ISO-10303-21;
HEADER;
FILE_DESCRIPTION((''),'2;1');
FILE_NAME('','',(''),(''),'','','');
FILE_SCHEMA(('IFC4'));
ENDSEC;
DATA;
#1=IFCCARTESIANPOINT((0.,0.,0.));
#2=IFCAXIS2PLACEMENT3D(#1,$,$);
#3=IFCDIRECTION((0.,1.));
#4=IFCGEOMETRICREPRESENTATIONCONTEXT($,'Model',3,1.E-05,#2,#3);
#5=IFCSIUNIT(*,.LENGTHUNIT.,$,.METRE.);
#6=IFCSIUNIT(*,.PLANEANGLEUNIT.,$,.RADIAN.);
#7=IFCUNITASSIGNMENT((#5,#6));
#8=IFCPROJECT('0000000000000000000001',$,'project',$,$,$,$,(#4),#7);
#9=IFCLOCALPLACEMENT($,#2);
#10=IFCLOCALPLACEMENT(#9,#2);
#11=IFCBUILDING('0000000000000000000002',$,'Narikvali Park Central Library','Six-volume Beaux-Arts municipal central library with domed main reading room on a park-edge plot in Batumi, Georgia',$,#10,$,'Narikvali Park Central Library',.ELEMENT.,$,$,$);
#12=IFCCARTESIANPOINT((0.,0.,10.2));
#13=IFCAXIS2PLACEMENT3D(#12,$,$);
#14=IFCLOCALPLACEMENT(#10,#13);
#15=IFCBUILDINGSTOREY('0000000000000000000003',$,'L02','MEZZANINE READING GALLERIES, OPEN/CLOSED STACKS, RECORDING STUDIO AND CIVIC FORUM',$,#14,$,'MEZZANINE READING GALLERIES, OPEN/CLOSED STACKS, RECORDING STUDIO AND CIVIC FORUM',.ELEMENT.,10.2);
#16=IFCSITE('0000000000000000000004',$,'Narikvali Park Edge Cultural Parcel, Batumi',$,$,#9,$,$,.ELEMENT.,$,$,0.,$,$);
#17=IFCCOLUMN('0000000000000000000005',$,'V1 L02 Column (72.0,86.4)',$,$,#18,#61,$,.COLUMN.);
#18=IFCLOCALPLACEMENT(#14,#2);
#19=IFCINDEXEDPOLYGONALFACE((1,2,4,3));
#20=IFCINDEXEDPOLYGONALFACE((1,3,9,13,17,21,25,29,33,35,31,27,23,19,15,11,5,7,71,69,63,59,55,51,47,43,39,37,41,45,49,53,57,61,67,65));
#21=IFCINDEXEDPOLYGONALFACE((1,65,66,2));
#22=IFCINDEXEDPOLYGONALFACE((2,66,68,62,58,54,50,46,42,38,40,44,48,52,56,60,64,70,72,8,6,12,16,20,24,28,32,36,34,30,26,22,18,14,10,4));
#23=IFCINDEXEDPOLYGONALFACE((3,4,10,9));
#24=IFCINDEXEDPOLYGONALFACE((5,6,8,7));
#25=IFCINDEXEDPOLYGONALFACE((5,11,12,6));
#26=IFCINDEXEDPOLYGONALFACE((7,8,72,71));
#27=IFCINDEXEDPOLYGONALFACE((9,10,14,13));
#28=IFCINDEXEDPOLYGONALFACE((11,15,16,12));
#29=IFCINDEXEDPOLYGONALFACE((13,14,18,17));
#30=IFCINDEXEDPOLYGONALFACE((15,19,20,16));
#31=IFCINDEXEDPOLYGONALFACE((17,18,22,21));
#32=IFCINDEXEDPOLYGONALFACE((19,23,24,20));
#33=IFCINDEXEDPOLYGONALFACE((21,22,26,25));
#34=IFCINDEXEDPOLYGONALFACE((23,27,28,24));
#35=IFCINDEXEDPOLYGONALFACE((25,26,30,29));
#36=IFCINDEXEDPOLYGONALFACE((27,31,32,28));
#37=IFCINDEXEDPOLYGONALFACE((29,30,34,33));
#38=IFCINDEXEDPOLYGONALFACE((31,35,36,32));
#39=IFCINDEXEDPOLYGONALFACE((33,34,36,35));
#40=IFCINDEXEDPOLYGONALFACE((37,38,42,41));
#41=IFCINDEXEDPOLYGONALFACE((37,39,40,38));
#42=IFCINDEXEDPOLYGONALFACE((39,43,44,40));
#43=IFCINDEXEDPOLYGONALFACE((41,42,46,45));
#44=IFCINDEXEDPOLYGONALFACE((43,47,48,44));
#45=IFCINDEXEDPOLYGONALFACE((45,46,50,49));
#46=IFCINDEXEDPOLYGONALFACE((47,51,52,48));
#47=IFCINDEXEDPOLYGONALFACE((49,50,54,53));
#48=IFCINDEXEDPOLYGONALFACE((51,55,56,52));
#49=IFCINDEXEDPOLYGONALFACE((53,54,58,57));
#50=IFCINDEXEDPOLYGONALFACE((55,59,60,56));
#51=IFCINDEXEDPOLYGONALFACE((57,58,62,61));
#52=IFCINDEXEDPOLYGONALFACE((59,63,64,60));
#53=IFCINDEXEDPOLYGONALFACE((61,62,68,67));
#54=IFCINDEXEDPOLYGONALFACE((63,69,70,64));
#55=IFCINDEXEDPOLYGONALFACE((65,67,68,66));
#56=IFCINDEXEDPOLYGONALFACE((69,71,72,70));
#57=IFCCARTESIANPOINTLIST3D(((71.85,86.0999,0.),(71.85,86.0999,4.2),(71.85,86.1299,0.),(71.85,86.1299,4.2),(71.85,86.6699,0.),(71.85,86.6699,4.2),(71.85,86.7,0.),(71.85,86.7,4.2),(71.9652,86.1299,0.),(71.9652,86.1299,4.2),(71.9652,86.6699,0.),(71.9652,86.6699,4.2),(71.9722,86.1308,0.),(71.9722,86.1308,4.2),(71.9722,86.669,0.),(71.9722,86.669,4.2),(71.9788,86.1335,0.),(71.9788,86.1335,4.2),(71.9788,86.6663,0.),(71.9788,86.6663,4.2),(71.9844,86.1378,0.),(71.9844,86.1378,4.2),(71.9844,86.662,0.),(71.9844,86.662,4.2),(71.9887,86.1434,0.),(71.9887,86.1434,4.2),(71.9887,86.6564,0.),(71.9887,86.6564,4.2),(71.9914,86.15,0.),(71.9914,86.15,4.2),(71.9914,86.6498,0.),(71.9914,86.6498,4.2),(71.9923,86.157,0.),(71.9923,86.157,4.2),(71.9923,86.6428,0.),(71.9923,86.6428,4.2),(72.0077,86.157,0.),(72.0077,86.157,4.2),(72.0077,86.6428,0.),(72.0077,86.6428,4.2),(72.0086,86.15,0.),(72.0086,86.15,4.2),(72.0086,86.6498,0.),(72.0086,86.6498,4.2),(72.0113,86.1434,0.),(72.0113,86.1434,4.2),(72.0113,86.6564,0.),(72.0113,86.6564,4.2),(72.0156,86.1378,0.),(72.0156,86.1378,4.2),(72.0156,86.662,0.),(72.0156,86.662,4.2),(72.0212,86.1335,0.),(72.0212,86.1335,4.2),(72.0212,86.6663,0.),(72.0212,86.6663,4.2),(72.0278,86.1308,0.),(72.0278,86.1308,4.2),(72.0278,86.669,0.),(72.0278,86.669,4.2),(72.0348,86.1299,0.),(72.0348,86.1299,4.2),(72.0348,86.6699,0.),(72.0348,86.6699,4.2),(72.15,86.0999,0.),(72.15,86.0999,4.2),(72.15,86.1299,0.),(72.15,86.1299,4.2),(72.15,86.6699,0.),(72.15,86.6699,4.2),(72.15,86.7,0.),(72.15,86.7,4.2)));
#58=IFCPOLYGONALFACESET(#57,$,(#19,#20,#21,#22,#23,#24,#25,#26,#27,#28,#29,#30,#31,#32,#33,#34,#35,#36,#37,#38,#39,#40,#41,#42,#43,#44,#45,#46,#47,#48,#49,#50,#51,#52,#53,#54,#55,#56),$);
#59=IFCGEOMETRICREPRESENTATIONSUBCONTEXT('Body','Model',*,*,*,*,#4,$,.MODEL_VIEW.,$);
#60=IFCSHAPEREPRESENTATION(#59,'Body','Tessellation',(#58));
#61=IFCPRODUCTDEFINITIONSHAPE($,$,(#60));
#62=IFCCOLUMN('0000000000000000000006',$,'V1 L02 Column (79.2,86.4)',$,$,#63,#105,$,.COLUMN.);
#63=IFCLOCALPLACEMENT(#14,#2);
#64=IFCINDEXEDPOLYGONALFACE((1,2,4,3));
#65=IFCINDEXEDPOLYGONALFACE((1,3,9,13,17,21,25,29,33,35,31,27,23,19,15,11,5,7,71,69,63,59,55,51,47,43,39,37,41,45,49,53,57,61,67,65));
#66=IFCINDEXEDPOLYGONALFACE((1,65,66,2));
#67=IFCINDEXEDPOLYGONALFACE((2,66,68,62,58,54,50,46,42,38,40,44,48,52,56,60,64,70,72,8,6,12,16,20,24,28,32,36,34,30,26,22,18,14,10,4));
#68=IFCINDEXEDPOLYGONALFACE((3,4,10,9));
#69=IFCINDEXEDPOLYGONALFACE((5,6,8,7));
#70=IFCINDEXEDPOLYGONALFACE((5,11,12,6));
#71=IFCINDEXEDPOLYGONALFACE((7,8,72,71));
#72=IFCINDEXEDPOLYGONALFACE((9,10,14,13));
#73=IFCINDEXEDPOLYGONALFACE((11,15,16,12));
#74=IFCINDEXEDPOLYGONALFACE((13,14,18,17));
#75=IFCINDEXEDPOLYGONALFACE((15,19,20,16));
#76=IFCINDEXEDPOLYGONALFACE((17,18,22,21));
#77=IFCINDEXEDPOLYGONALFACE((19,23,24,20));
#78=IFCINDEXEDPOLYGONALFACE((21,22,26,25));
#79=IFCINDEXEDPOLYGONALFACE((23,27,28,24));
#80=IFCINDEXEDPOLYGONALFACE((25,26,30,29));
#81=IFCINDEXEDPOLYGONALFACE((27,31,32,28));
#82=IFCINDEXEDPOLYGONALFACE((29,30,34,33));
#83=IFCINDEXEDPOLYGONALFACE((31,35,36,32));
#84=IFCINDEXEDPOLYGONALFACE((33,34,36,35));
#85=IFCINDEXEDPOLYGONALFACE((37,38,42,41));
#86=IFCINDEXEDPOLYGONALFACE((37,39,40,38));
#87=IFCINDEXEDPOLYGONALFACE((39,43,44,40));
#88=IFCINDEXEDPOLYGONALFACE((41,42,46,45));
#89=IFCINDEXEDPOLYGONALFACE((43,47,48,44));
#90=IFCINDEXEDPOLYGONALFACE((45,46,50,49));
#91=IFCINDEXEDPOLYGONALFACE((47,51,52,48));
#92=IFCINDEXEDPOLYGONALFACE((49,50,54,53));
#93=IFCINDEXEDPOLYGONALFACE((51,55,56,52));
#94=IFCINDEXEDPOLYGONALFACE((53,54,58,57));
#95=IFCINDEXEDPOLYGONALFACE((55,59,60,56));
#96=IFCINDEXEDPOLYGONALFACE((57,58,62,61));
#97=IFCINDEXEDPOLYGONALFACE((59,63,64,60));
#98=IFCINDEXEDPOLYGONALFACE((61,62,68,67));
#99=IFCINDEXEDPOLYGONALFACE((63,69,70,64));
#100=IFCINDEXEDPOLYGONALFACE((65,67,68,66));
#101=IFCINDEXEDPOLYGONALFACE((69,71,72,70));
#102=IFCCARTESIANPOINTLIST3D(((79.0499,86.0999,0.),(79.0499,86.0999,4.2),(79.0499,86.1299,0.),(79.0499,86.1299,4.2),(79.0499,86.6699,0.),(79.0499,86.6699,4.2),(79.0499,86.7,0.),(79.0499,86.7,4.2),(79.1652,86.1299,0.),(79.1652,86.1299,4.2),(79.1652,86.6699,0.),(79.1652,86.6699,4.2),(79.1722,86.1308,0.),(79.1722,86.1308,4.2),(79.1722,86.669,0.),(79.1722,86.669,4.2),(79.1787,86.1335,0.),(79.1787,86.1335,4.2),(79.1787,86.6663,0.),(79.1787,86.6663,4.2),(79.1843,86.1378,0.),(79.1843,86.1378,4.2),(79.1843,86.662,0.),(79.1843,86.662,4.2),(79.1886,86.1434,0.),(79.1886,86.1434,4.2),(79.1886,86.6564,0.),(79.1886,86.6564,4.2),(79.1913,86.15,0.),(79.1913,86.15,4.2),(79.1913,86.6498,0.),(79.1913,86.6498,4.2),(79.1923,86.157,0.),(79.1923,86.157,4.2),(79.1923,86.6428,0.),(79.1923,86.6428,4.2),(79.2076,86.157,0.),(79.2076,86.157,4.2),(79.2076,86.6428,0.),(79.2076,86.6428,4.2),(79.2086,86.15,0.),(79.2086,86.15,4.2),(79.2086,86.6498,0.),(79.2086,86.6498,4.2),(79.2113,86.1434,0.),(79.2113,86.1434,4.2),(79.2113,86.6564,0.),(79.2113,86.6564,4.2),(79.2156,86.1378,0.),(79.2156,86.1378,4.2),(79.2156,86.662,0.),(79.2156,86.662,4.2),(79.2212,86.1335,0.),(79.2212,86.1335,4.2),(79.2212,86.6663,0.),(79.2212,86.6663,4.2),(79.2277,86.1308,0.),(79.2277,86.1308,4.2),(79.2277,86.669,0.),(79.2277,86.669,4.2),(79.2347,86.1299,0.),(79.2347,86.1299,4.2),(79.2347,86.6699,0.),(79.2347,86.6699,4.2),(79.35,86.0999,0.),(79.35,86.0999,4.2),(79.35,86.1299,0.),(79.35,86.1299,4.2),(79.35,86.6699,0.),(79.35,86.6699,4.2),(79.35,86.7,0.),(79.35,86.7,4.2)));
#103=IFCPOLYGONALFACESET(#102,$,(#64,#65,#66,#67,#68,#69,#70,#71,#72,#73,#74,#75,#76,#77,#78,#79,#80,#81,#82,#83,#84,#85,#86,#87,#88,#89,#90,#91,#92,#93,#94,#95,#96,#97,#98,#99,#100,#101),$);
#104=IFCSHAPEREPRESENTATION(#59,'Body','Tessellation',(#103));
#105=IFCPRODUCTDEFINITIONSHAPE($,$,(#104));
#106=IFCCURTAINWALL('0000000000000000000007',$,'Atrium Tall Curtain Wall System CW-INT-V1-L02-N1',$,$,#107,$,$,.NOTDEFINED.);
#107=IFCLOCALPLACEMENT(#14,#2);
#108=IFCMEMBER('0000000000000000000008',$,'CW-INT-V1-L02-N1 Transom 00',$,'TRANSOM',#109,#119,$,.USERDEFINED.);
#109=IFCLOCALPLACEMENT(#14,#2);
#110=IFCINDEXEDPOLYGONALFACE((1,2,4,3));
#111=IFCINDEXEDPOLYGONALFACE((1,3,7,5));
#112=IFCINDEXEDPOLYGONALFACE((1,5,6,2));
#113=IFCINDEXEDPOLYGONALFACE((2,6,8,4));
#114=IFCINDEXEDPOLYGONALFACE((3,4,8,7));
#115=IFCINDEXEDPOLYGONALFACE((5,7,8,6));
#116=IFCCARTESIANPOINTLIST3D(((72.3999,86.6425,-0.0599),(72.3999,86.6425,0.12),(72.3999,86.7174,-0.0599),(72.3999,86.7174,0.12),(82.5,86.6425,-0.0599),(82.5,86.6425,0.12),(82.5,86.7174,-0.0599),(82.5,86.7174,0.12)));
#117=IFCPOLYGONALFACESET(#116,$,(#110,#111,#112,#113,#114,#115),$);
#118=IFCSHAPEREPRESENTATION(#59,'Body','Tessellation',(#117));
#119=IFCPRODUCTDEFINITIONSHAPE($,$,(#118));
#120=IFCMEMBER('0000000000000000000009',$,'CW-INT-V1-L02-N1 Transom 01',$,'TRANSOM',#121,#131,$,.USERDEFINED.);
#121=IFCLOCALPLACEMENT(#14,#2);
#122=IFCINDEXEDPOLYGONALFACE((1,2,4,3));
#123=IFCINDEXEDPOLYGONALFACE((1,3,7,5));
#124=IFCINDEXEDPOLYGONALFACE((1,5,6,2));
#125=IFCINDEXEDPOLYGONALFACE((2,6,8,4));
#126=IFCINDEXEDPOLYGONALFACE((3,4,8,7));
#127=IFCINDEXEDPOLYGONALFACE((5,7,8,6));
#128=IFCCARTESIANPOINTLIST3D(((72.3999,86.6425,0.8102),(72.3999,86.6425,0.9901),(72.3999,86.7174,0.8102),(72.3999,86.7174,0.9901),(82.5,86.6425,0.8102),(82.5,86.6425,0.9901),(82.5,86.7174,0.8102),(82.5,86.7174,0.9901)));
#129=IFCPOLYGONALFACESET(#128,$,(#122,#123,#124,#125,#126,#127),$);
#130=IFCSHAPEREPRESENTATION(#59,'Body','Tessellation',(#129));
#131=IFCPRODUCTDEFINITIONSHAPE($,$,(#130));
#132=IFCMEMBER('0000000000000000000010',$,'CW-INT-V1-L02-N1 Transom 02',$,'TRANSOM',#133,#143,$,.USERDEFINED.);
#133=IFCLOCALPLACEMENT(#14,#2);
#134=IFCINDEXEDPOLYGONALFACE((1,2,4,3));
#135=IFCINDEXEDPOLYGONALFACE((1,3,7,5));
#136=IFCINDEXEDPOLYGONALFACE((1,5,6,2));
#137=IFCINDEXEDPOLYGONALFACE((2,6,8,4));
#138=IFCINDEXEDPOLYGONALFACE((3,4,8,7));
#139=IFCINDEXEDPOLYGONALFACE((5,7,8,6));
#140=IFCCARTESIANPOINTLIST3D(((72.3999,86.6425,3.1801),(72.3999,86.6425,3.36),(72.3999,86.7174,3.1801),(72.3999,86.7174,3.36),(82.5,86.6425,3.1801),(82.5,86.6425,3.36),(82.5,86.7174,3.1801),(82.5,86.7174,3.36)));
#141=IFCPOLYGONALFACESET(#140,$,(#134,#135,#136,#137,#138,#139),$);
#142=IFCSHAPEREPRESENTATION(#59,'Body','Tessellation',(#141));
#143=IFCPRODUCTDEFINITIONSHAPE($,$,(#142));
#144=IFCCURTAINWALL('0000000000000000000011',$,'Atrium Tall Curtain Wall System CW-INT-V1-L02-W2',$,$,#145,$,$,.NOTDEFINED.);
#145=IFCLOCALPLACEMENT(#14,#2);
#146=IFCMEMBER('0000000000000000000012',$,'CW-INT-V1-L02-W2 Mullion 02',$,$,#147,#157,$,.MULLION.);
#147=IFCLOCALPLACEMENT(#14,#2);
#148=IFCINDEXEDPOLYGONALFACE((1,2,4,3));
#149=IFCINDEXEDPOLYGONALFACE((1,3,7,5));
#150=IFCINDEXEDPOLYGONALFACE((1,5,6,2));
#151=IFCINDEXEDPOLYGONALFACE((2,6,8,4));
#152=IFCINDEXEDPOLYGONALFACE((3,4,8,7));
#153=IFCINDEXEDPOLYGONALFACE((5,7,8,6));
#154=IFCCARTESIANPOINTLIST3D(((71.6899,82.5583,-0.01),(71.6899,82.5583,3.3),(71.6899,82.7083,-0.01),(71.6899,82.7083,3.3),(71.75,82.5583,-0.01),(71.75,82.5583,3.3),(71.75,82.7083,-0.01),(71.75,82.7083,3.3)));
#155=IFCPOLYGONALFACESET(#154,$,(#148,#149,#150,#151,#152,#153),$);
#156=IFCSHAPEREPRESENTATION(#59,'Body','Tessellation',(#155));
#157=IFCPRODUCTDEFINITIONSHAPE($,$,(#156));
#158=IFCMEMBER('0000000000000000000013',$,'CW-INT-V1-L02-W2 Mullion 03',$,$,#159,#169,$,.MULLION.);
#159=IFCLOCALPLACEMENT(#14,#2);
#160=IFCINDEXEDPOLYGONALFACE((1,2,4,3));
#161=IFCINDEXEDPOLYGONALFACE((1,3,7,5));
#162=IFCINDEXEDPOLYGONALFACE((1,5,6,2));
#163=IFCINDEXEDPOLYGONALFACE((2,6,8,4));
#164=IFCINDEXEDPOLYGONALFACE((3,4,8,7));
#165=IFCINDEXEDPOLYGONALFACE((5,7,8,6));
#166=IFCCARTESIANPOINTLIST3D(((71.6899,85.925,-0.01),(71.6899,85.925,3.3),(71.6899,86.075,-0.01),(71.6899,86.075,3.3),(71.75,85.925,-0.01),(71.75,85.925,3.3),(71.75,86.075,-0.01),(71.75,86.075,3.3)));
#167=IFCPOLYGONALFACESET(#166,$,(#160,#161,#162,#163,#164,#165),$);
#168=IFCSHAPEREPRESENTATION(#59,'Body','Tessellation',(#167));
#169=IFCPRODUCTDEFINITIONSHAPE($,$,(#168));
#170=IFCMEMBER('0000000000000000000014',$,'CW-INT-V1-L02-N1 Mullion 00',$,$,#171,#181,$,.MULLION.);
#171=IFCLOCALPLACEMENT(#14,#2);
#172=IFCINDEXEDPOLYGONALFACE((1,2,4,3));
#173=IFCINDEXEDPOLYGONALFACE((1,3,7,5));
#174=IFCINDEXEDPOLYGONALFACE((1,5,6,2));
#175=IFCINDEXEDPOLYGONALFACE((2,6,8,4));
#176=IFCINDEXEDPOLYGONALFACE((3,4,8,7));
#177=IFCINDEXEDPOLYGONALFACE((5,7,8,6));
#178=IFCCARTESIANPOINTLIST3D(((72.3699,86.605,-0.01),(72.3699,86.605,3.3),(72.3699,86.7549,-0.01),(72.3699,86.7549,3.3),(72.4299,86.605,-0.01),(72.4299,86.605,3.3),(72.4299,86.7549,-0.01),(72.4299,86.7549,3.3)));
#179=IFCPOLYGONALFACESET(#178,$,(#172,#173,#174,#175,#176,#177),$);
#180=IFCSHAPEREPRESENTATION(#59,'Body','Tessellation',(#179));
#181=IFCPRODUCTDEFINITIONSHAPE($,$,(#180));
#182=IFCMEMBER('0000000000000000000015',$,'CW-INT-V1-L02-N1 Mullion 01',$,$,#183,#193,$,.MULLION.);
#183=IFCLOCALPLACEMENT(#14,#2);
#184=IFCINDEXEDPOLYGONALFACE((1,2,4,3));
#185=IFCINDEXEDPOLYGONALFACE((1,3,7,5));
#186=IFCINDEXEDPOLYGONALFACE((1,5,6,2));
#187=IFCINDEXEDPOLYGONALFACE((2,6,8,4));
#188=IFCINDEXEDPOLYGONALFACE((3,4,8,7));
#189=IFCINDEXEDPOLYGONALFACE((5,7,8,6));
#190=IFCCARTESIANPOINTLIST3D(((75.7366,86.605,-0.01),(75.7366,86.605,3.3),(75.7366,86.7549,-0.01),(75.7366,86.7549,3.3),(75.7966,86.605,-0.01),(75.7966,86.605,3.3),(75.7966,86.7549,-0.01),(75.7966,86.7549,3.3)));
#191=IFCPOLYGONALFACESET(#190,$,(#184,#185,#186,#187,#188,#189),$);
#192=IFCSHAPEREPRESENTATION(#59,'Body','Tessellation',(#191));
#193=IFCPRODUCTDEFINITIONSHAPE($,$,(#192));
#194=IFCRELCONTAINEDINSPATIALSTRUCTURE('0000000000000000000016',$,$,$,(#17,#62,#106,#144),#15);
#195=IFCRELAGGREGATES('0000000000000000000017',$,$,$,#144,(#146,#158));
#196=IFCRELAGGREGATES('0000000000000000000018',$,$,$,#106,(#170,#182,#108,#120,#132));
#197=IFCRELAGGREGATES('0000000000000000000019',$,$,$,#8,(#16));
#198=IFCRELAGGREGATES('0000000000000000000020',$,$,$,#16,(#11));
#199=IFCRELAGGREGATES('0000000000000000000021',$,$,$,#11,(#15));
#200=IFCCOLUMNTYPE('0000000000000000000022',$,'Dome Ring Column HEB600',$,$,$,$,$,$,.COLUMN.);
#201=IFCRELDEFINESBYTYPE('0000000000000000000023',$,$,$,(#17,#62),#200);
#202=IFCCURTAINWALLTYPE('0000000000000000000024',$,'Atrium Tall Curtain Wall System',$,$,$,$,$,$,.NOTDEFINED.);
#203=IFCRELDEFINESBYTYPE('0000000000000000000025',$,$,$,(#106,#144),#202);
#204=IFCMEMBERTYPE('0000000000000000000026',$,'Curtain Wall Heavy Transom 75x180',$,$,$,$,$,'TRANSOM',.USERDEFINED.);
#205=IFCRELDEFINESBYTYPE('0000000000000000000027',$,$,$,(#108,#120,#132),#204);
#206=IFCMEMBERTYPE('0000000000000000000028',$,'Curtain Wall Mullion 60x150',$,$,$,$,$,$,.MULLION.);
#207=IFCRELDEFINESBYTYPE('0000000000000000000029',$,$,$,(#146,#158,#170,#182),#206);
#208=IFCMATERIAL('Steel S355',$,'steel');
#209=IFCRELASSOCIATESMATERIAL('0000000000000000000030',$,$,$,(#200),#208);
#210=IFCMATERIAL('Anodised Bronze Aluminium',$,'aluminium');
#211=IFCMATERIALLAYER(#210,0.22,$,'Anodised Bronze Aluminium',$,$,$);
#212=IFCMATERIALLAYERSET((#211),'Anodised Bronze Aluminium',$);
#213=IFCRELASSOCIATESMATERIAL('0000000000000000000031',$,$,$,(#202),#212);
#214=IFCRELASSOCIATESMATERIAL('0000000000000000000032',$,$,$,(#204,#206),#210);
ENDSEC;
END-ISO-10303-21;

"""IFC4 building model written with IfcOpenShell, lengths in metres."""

from ifc_helpers import new_model, si_unit, direction, frame, origin, origin_2d, place, context, subcontext, project, spatial, rectangle, i_section, extrude, material, layer, layer_set, material_profile, profile_set, type_object, element, aggregate, save


model = new_model("IFC4")

# Units and contexts
model_context = context("Model", 3, precision=1e-05, world=origin(), true_north=direction((0.0, 1.0)))
body_context = subcontext(model_context, "Body", "Model", "MODEL_VIEW")
ifc_project = project(units=[si_unit("LENGTHUNIT", "METRE"), si_unit("PLANEANGLEUNIT", "RADIAN")], contexts=[model_context])

# Site, building, storey
site_placement = place(None, origin())
site = spatial("IfcSite", under=ifc_project, at=site_placement, Name="Narikvali Park Edge Cultural Parcel, Batumi", CompositionType="ELEMENT", RefElevation=0.0)
building_placement = place(site_placement, origin())
building = spatial("IfcBuilding", under=site, at=building_placement, Name="Narikvali Park Central Library", Description="Six-volume Beaux-Arts municipal central library with domed main reading room on a park-edge plot in Batumi, Georgia", LongName="Narikvali Park Central Library", CompositionType="ELEMENT")
storey_placement = place(building_placement, frame((0.0, 0.0, 10.2)))
storey = spatial("IfcBuildingStorey", under=building, at=storey_placement, Name="L02", Description="MEZZANINE READING GALLERIES, OPEN/CLOSED STACKS, RECORDING STUDIO AND CIVIC FORUM", LongName="MEZZANINE READING GALLERIES, OPEN/CLOSED STACKS, RECORDING STUDIO AND CIVIC FORUM", CompositionType="ELEMENT", Elevation=10.2)

# Columns
ifc_material_1 = material(Name="Steel S355", Category="steel")
ifc_material_profile_1 = material_profile(ifc_material_1, i_section(OverallWidth=0.3, OverallDepth=0.6001, WebThickness=0.0154, FlangeThickness=0.03, FilletRadius=0.0271, at=origin_2d()), Name="HEB 600")
ifc_profile_set_1 = profile_set([ifc_material_profile_1], Name="Steel S355")
column_type = type_object("IfcColumnType", Name="Dome Ring Column HEB600", PredefinedType="COLUMN", material=ifc_profile_set_1)
for number, where, z_axis, x_axis, name in (
    (1, (72.0, 86.3999, 0.0), (0.0, 0.0, 1.0), (1.0, 0.0, 0.0), "V1 L02 Column (72.0,86.4)"),
    (2, (79.2, 86.3999, 0.0), (0.0, 0.0, 1.0), (1.0, 0.0, 0.0), "V1 L02 Column (79.2,86.4)"),
):
    element("IfcColumn", number, at=place(storey_placement, frame(where, z_axis=z_axis, x_axis=x_axis)), inside=storey, type_object=column_type, Name=name, PredefinedType="COLUMN", context=body_context, shape_type="SweptSolid", body=[
        extrude(i_section(OverallWidth=0.3, OverallDepth=0.6001, WebThickness=0.0154, FlangeThickness=0.03, FilletRadius=0.0271, at=origin_2d()), origin(), (0.0, 0.0, 1.0), 4.2),
    ])

# Curtain walls, members
ifc_material_2 = material(Name="Anodised Bronze Aluminium", Category="aluminium")
ifc_layer_1 = layer(ifc_material_2, 0.22, Name="Anodised Bronze Aluminium")
ifc_layer_set_1 = layer_set([ifc_layer_1], Name="Anodised Bronze Aluminium")
curtain_wall_type = type_object("IfcCurtainWallType", Name="Atrium Tall Curtain Wall System", PredefinedType="NOTDEFINED", material=ifc_layer_set_1)
curtain_wall_1_placement = place(storey_placement, origin())
curtain_wall_1 = element("IfcCurtainWall", 3, at=curtain_wall_1_placement, inside=storey, type_object=curtain_wall_type, Name="Atrium Tall Curtain Wall System CW-INT-V1-L02-N1", PredefinedType="NOTDEFINED")
ifc_material_profile_2 = material_profile(ifc_material_2, rectangle(XDim=0.075, YDim=0.1799, at=origin_2d()), Name="CW TRANSOM 75x180")
ifc_profile_set_2 = profile_set([ifc_material_profile_2], Name="Anodised Bronze Aluminium")
member_type_1 = type_object("IfcMemberType", Name="Curtain Wall Heavy Transom 75x180", ElementType="TRANSOM", PredefinedType="USERDEFINED", material=ifc_profile_set_2)
member_1_placement = place(storey_placement, frame((72.3999, 86.6799, 0.03), z_axis=(1.0, 0.0, 0.0), x_axis=(0.0, 1.0, 0.0)))
member_1 = element("IfcMember", 4, at=member_1_placement, type_object=member_type_1, Name="CW-INT-V1-L02-N1 Transom 00", ObjectType="TRANSOM", PredefinedType="USERDEFINED", context=body_context, shape_type="SweptSolid", body=[
    extrude(rectangle(XDim=0.075, YDim=0.1799, at=origin_2d()), origin(), (0.0, 0.0, 1.0), 10.1001),
])
member_2_placement = place(storey_placement, frame((72.3999, 86.6799, 0.9001), z_axis=(1.0, 0.0, 0.0), x_axis=(0.0, 1.0, 0.0)))
member_2 = element("IfcMember", 5, at=member_2_placement, type_object=member_type_1, Name="CW-INT-V1-L02-N1 Transom 01", ObjectType="TRANSOM", PredefinedType="USERDEFINED", context=body_context, shape_type="SweptSolid", body=[
    extrude(rectangle(XDim=0.075, YDim=0.1799, at=origin_2d()), origin(), (0.0, 0.0, 1.0), 10.1001),
])
member_3_placement = place(storey_placement, frame((72.3999, 86.6799, 3.27), z_axis=(1.0, 0.0, 0.0), x_axis=(0.0, 1.0, 0.0)))
member_3 = element("IfcMember", 6, at=member_3_placement, type_object=member_type_1, Name="CW-INT-V1-L02-N1 Transom 02", ObjectType="TRANSOM", PredefinedType="USERDEFINED", context=body_context, shape_type="SweptSolid", body=[
    extrude(rectangle(XDim=0.075, YDim=0.1799, at=origin_2d()), origin(), (0.0, 0.0, 1.0), 10.1001),
])
curtain_wall_2_placement = place(storey_placement, origin())
curtain_wall_2 = element("IfcCurtainWall", 7, at=curtain_wall_2_placement, inside=storey, type_object=curtain_wall_type, Name="Atrium Tall Curtain Wall System CW-INT-V1-L02-W2", PredefinedType="NOTDEFINED")
ifc_material_profile_3 = material_profile(ifc_material_2, rectangle(XDim=0.0601, YDim=0.1499, at=origin_2d()), Name="CW MULLION 60x150")
ifc_profile_set_3 = profile_set([ifc_material_profile_3], Name="Anodised Bronze Aluminium")
member_type_2 = type_object("IfcMemberType", Name="Curtain Wall Mullion 60x150", PredefinedType="MULLION", material=ifc_profile_set_3)
member_4_placement = place(storey_placement, frame((71.72, 82.6333, -0.01), z_axis=(0.0, 0.0, 1.0), x_axis=(1.0, 0.0, 0.0)))
member_4 = element("IfcMember", 8, at=member_4_placement, type_object=member_type_2, Name="CW-INT-V1-L02-W2 Mullion 02", PredefinedType="MULLION", context=body_context, shape_type="SweptSolid", body=[
    extrude(rectangle(XDim=0.0601, YDim=0.1499, at=origin_2d()), origin(), (0.0, 0.0, 1.0), 3.3101),
])
member_5_placement = place(storey_placement, frame((71.72, 86.0, -0.01), z_axis=(0.0, 0.0, 1.0), x_axis=(1.0, 0.0, 0.0)))
member_5 = element("IfcMember", 9, at=member_5_placement, type_object=member_type_2, Name="CW-INT-V1-L02-W2 Mullion 03", PredefinedType="MULLION", context=body_context, shape_type="SweptSolid", body=[
    extrude(rectangle(XDim=0.0601, YDim=0.1499, at=origin_2d()), origin(), (0.0, 0.0, 1.0), 3.3101),
])

# Members
member_6_placement = place(storey_placement, frame((72.3999, 86.6799, -0.01), z_axis=(0.0, 0.0, 1.0), x_axis=(1.0, 0.0, 0.0)))
member_6 = element("IfcMember", 10, at=member_6_placement, type_object=member_type_2, Name="CW-INT-V1-L02-N1 Mullion 00", PredefinedType="MULLION", context=body_context, shape_type="SweptSolid", body=[
    extrude(rectangle(XDim=0.0601, YDim=0.1499, at=origin_2d()), origin(), (0.0, 0.0, 1.0), 3.3101),
])
member_7_placement = place(storey_placement, frame((75.7666, 86.6799, -0.01), z_axis=(0.0, 0.0, 1.0), x_axis=(1.0, 0.0, 0.0)))
member_7 = element("IfcMember", 11, at=member_7_placement, type_object=member_type_2, Name="CW-INT-V1-L02-N1 Mullion 01", PredefinedType="MULLION", context=body_context, shape_type="SweptSolid", body=[
    extrude(rectangle(XDim=0.0601, YDim=0.1499, at=origin_2d()), origin(), (0.0, 0.0, 1.0), 3.3101),
])

aggregate(curtain_wall_2, [member_4, member_5])
aggregate(curtain_wall_1, [member_6, member_7, member_1, member_2, member_3])

save(model, "model.ifc")
